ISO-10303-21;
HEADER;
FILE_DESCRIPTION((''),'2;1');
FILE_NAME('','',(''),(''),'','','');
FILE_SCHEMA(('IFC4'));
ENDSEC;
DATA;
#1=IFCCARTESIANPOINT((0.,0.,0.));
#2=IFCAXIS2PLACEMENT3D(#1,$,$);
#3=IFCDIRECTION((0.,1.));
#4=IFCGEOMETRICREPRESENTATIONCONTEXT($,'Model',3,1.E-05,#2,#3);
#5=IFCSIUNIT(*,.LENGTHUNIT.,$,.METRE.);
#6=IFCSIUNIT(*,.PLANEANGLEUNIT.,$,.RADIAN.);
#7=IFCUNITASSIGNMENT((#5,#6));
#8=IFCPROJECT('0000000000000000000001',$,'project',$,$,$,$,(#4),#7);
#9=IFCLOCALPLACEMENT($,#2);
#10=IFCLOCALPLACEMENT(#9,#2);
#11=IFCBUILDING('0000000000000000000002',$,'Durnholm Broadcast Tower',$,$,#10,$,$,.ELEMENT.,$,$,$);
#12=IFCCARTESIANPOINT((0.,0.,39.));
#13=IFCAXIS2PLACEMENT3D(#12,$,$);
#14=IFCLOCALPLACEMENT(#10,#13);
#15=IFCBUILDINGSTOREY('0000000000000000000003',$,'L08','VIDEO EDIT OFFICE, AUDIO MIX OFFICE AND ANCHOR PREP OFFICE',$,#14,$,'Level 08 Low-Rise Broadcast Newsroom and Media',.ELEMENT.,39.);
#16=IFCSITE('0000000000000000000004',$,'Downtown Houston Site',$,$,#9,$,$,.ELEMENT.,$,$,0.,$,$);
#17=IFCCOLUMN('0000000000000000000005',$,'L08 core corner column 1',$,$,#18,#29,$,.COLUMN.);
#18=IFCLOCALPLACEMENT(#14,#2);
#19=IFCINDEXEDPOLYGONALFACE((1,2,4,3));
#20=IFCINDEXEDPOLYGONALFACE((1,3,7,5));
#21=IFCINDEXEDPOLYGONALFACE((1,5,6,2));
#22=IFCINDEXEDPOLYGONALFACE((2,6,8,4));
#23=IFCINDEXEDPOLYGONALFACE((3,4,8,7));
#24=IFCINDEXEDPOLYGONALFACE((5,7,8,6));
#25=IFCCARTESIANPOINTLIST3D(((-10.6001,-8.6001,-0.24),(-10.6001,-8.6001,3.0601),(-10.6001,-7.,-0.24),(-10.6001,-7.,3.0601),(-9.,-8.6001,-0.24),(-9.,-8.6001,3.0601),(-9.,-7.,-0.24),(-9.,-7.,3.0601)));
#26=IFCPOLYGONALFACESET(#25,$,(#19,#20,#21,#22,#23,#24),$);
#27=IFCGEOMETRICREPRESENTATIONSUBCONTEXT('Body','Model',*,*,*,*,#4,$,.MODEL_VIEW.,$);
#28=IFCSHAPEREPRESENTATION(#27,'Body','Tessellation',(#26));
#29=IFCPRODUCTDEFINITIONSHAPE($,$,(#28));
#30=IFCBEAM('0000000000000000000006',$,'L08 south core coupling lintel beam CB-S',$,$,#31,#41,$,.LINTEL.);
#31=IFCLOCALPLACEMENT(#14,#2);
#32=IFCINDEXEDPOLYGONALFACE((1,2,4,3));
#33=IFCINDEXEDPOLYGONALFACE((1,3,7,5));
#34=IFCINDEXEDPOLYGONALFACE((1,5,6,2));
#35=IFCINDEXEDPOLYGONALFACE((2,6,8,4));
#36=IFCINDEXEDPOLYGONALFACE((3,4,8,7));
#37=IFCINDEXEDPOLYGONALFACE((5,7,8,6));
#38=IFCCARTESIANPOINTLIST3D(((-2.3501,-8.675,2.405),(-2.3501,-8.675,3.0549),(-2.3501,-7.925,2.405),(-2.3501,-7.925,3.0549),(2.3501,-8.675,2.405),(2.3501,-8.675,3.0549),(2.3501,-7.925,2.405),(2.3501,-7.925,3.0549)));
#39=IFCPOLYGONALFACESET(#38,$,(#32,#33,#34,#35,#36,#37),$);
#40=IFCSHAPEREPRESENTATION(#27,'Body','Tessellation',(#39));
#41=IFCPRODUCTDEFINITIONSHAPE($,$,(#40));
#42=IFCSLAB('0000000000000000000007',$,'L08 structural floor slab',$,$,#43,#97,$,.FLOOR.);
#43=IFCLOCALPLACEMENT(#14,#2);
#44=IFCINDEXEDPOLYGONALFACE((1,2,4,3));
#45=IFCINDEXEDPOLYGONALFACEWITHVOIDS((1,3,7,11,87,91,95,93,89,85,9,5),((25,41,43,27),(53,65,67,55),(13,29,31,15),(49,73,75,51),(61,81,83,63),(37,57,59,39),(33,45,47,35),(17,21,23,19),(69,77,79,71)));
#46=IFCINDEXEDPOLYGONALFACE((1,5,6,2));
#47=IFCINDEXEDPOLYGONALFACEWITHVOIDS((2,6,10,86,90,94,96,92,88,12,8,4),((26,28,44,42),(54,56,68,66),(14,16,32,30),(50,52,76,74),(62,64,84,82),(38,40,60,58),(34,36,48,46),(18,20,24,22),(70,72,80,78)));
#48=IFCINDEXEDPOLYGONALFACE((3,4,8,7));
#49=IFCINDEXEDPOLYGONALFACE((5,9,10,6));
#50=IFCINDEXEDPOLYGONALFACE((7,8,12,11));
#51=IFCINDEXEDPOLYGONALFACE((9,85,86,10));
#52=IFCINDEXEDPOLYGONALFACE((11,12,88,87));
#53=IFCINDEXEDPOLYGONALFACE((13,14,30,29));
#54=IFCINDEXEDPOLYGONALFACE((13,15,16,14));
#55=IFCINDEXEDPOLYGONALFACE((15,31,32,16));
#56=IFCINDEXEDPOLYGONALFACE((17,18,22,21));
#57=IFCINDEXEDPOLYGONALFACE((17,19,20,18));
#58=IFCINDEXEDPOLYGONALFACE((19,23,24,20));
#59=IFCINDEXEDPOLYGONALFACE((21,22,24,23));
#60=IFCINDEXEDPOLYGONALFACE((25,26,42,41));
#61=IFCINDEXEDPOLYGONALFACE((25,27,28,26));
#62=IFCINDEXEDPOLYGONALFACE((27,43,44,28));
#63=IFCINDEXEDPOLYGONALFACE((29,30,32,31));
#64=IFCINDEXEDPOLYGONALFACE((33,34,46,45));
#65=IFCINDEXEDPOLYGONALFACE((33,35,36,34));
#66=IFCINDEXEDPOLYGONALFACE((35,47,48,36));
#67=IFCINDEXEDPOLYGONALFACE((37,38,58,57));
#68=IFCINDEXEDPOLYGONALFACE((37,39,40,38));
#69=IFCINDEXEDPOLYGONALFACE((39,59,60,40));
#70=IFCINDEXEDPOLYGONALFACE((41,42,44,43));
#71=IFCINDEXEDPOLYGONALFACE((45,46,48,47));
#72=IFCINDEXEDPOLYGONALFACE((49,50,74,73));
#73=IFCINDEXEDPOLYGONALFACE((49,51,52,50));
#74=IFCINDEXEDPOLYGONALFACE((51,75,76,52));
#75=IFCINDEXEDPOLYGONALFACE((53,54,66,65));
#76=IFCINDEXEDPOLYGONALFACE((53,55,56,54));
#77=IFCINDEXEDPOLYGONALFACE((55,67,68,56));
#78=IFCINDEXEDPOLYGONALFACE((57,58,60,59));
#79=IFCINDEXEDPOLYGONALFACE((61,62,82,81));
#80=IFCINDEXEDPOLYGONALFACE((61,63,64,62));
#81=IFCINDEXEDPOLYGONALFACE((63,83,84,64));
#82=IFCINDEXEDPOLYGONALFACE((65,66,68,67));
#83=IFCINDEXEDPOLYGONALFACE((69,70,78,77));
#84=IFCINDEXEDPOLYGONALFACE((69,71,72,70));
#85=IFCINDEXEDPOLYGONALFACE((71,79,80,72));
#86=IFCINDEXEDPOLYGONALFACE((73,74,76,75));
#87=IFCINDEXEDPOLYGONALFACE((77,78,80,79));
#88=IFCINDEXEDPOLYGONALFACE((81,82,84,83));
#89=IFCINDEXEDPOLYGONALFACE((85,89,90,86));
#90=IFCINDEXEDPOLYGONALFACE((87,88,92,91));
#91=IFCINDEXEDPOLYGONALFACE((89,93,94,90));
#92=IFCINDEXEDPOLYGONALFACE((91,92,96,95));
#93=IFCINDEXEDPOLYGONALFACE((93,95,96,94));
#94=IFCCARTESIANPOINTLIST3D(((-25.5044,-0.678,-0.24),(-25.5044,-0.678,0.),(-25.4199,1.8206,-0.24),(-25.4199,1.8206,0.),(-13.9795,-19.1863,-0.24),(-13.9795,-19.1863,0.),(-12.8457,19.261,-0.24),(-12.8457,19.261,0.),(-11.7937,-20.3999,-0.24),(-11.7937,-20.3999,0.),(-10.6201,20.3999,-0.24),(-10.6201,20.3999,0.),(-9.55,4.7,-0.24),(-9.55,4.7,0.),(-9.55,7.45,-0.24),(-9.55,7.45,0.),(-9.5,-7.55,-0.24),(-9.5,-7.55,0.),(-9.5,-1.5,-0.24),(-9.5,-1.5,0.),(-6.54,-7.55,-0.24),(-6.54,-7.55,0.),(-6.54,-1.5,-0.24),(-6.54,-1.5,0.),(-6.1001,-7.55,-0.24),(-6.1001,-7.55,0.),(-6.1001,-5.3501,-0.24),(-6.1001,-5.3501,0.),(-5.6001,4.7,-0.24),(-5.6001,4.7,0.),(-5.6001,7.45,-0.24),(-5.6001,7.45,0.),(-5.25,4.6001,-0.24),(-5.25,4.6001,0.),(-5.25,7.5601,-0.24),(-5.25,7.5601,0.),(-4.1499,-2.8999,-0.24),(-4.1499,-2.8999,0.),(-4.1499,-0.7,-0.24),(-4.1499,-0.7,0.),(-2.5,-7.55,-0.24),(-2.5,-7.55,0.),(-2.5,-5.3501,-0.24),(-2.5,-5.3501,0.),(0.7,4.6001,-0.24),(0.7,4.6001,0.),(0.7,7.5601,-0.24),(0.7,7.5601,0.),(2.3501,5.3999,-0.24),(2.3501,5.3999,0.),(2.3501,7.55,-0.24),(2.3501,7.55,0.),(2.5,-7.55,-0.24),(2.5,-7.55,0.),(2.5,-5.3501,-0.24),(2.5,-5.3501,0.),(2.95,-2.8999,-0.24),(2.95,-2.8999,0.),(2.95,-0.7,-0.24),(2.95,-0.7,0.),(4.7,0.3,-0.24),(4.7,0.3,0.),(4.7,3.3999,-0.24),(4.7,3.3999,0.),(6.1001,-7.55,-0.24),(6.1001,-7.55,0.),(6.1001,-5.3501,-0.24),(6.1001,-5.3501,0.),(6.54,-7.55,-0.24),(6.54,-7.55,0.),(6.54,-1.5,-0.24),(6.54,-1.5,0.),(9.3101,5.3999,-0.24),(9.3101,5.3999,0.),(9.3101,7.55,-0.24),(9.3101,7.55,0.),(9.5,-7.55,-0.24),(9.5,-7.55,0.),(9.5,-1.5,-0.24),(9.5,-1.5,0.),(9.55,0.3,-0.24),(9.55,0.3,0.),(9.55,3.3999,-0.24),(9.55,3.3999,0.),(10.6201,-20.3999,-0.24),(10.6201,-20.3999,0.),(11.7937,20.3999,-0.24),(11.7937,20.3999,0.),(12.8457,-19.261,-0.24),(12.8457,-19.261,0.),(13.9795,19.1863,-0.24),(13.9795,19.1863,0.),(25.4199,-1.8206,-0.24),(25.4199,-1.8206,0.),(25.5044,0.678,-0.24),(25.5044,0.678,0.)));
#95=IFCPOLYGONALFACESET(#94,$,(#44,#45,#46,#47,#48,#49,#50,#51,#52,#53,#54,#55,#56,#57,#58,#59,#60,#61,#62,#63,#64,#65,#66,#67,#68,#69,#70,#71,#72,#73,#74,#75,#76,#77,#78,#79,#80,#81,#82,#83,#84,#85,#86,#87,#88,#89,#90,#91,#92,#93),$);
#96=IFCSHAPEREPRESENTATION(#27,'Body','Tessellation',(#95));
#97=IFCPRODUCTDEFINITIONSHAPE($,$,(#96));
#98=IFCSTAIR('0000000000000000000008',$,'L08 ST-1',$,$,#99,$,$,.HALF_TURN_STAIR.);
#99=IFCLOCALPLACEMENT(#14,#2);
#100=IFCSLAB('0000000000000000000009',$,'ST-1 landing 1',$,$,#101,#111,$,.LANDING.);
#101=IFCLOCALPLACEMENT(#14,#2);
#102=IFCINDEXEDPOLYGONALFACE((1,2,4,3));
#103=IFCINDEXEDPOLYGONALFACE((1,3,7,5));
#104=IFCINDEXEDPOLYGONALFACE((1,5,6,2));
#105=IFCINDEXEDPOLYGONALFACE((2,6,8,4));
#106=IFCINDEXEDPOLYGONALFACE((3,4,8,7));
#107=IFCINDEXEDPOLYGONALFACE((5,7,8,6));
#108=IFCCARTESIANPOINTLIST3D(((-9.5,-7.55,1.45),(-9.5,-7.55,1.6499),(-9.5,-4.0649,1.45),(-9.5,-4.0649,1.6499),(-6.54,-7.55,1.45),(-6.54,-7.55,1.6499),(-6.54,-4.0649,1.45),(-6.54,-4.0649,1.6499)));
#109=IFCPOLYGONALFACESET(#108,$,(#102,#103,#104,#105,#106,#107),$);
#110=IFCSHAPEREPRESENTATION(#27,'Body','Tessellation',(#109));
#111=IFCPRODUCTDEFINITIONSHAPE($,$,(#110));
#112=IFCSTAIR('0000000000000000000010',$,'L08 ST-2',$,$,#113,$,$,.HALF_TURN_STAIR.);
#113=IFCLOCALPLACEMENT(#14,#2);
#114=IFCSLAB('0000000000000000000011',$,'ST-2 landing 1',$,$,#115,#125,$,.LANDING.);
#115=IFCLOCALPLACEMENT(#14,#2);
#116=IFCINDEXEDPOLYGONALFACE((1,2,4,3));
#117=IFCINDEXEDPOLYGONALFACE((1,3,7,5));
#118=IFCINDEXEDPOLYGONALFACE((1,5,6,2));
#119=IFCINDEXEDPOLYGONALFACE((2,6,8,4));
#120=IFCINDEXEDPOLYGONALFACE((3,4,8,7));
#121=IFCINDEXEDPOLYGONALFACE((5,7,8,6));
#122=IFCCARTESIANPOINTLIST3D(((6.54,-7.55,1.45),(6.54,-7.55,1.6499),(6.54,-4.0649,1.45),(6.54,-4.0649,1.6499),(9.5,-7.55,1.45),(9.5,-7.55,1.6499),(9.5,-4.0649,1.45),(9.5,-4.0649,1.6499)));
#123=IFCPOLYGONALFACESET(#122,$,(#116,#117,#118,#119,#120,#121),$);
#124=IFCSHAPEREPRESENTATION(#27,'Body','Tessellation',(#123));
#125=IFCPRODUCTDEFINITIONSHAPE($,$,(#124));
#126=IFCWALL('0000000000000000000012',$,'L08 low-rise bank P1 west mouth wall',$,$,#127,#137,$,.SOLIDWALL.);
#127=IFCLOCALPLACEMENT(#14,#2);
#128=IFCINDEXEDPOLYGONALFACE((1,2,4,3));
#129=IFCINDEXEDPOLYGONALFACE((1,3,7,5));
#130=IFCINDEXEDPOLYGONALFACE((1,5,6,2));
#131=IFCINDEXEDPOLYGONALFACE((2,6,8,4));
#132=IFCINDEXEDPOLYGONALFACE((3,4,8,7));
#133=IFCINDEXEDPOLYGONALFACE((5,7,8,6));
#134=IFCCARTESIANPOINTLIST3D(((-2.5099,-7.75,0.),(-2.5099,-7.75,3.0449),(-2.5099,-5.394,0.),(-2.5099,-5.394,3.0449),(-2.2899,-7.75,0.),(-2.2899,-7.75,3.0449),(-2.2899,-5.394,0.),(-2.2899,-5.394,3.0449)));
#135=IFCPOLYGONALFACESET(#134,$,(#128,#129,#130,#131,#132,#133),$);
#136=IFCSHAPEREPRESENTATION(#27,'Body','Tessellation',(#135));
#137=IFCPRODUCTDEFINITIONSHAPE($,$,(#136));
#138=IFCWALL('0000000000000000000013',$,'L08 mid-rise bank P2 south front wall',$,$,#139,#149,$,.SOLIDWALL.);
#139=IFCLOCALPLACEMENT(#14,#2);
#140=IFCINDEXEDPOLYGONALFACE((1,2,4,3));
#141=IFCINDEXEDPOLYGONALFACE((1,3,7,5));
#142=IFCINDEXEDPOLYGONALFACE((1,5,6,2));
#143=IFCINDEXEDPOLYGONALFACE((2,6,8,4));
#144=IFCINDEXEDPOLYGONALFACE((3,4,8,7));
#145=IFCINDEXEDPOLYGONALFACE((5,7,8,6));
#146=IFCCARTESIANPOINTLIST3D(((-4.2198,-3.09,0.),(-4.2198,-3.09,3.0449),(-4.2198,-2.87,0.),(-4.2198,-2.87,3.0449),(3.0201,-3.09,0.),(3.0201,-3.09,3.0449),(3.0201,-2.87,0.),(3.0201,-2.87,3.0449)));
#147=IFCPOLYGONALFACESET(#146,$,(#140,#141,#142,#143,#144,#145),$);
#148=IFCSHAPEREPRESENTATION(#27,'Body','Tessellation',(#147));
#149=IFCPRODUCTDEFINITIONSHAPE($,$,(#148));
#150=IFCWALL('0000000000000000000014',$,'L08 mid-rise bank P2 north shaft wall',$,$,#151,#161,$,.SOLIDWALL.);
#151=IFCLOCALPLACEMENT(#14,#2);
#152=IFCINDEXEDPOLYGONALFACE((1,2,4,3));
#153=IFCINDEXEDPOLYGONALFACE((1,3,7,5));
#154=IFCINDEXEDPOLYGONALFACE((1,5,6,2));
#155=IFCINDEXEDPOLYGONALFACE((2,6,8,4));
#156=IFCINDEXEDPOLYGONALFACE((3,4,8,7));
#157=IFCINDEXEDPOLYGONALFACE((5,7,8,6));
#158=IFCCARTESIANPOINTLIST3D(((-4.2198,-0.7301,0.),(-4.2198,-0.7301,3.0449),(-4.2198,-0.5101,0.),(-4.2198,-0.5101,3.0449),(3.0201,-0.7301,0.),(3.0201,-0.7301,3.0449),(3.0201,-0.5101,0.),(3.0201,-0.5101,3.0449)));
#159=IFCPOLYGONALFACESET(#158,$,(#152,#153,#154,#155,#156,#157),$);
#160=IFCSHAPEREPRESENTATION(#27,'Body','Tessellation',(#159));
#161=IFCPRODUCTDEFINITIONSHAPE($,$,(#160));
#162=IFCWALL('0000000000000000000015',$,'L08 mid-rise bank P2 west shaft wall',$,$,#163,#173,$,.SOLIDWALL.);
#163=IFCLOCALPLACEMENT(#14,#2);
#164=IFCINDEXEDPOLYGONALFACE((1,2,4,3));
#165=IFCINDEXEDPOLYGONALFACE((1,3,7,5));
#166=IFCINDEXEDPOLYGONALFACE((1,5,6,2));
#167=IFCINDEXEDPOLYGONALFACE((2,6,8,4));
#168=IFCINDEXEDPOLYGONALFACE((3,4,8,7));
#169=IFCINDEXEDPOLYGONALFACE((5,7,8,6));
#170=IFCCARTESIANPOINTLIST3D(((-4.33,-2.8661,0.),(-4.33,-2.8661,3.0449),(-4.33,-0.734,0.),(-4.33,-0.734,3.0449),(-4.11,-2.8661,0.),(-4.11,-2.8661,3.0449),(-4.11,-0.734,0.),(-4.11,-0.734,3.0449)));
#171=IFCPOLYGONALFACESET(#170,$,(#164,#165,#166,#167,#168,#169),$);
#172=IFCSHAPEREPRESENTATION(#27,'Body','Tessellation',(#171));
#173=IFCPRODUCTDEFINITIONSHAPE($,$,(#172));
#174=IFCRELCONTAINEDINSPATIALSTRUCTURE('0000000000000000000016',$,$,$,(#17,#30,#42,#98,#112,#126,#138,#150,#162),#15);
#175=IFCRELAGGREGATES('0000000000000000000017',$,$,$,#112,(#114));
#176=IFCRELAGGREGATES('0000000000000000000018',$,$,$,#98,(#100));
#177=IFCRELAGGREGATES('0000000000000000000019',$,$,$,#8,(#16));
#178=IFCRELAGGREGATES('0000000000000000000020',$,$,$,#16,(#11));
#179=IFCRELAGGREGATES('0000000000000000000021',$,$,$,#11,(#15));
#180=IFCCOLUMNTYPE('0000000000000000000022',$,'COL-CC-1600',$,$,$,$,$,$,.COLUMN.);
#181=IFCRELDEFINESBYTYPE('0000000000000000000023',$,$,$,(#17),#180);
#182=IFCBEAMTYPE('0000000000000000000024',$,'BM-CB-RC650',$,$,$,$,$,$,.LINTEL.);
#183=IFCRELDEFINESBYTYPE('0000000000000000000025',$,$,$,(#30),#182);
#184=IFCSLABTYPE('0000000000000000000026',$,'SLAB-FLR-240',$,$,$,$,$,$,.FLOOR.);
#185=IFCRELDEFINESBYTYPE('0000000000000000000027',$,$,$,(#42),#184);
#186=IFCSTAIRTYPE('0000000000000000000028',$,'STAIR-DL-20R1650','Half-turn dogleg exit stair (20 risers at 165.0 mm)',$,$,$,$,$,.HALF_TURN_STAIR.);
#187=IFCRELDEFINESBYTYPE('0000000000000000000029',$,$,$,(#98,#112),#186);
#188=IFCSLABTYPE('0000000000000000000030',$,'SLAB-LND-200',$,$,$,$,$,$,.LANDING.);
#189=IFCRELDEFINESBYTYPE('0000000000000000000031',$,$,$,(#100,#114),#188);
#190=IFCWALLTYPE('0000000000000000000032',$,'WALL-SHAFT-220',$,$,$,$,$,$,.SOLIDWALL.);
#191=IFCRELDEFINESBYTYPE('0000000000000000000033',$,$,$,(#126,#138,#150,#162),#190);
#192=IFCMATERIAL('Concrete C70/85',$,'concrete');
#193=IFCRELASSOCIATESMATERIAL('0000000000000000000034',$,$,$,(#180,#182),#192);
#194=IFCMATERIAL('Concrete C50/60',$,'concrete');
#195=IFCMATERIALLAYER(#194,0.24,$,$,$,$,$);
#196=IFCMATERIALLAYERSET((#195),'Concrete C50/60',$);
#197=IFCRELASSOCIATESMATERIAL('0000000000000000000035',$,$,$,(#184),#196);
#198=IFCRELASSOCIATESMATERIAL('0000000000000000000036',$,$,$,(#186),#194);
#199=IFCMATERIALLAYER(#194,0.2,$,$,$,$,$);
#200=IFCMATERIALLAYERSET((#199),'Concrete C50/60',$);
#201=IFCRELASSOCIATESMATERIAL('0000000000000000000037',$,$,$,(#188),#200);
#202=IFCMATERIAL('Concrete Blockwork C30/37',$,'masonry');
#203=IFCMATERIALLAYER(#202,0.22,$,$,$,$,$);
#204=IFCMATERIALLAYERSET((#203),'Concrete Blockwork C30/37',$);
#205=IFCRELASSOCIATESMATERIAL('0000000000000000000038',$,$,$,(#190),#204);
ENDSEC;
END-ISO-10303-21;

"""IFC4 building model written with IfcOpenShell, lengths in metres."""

from ifc_helpers import new_model, si_unit, direction, frame, frame_2d, origin, origin_2d, place, context, subcontext, project, spatial, polyline, rectangle, outline, extrude, source, transform, mapped, material, layer, layer_set, material_profile, profile_set, type_object, type_shapes, element, aggregate, save


model = new_model("IFC4")

# Units and contexts
model_context = context("Model", 3, precision=1e-05, world=origin(), true_north=direction((0.0, 1.0)))
body_context = subcontext(model_context, "Body", "Model", "MODEL_VIEW")
ifc_project = project(units=[si_unit("LENGTHUNIT", "METRE"), si_unit("PLANEANGLEUNIT", "RADIAN")], contexts=[model_context])

# Site, building, storey
site_placement = place(None, origin())
site = spatial("IfcSite", under=ifc_project, at=site_placement, Name="Downtown Houston Site", CompositionType="ELEMENT", RefElevation=0.0)
building_placement = place(site_placement, origin())
building = spatial("IfcBuilding", under=site, at=building_placement, Name="Durnholm Broadcast Tower", CompositionType="ELEMENT")
storey_placement = place(building_placement, frame((0.0, 0.0, 39.0)))
storey = spatial("IfcBuildingStorey", under=building, at=storey_placement, Name="L08", Description="VIDEO EDIT OFFICE, AUDIO MIX OFFICE AND ANCHOR PREP OFFICE", LongName="Level 08 Low-Rise Broadcast Newsroom and Media", CompositionType="ELEMENT", Elevation=39.0)

# Column
ifc_material_1 = material(Name="Concrete C70/85", Category="concrete")
ifc_material_profile_1 = material_profile(ifc_material_1, rectangle(XDim=1.6001, YDim=1.6001, at=origin_2d()), Name="RC1600X1600")
ifc_profile_set_1 = profile_set([ifc_material_profile_1], Name="Concrete C70/85")
column_type = type_object("IfcColumnType", Name="COL-CC-1600", PredefinedType="COLUMN", material=ifc_profile_set_1)
shared_shape_1 = source(origin(), body_context, "Body", "SweptSolid", [
    extrude(rectangle(XDim=1.6001, YDim=1.6001, at=origin_2d()), origin(), (0.0, 0.0, 1.0), 3.3),
])
type_shapes(column_type, [shared_shape_1])
column_placement = place(storey_placement, frame((-9.8, -7.8, -0.24), z_axis=(0.0, 0.0, 1.0), x_axis=(1.0, 0.0, 0.0)))
element("IfcColumn", 1, at=column_placement, inside=storey, type_object=column_type, Name="L08 core corner column 1", PredefinedType="COLUMN", context=body_context, shape_type="MappedRepresentation", body=[
    mapped(shared_shape_1, transform((0.0, 0.0, 0.0), x_axis=(1.0, 0.0, 0.0), y_axis=(0.0, 1.0, 0.0), z_axis=(0.0, 0.0, 1.0), scale=1.0)),
])

# Beam
ifc_material_profile_2 = material_profile(ifc_material_1, rectangle(XDim=0.75, YDim=0.6499, at=origin_2d()), Name="RC750X650")
ifc_profile_set_2 = profile_set([ifc_material_profile_2], Name="Concrete C70/85")
beam_type = type_object("IfcBeamType", Name="BM-CB-RC650", PredefinedType="LINTEL", material=ifc_profile_set_2)
shared_shape_2 = source(origin(), body_context, "Body", "SweptSolid", [
    extrude(rectangle(XDim=0.75, YDim=0.6499, at=origin_2d()), origin(), (0.0, 0.0, 1.0), 4.7002),
])
type_shapes(beam_type, [shared_shape_2])
beam_placement = place(storey_placement, frame((-2.3501, -8.3, 2.73), z_axis=(1.0, 0.0, 0.0), x_axis=(0.0, 1.0, 0.0)))
element("IfcBeam", 2, at=beam_placement, inside=storey, type_object=beam_type, Name="L08 south core coupling lintel beam CB-S", PredefinedType="LINTEL", context=body_context, shape_type="MappedRepresentation", body=[
    mapped(shared_shape_2, transform((0.0, 0.0, 0.0), x_axis=(1.0, 0.0, 0.0), y_axis=(0.0, 1.0, 0.0), z_axis=(0.0, 0.0, 1.0), scale=1.0)),
])

# Slab
ifc_material_2 = material(Name="Concrete C50/60", Category="concrete")
ifc_layer_1 = layer(ifc_material_2, 0.24)
ifc_layer_set_1 = layer_set([ifc_layer_1], Name="Concrete C50/60")
slab_type_1 = type_object("IfcSlabType", Name="SLAB-FLR-240", PredefinedType="FLOOR", material=ifc_layer_set_1)
slab_1_placement = place(storey_placement, frame((0.0, 0.0, -0.24)))
element("IfcSlab", 3, at=slab_1_placement, inside=storey, type_object=slab_type_1, Name="L08 structural floor slab", PredefinedType="FLOOR", context=body_context, shape_type="SweptSolid", body=[
    extrude(outline(polyline([(-13.9795, -19.1863), (-11.7937, -20.3999), (10.6201, -20.3999), (12.8457, -19.261), (25.4199, -1.8206), (25.5044, 0.678), (13.9795, 19.1863), (11.7937, 20.3999), (-10.6201, 20.3999), (-12.8457, 19.261), (-25.4199, 1.8206), (-25.5044, -0.678), (-13.9795, -19.1863)]), holes=[polyline([(-2.5, -5.3501), (-6.1001, -5.3501), (-6.1001, -7.55), (-2.5, -7.55), (-2.5, -5.3501)]), polyline([(6.1001, -5.3501), (2.5, -5.3501), (2.5, -7.55), (6.1001, -7.55), (6.1001, -5.3501)]), polyline([(-6.54, -7.55), (-6.54, -1.5), (-9.5, -1.5), (-9.5, -7.55), (-6.54, -7.55)]), polyline([(9.5, -7.55), (9.5, -1.5), (6.54, -1.5), (6.54, -7.55), (9.5, -7.55)]), polyline([(2.95, -0.7), (-4.1499, -0.7), (-4.1499, -2.8999), (2.95, -2.8999), (2.95, -0.7)]), polyline([(9.55, 3.3999), (4.7, 3.3999), (4.7, 0.3), (9.55, 0.3), (9.55, 3.3999)]), polyline([(-5.6001, 7.45), (-9.55, 7.45), (-9.55, 4.7), (-5.6001, 4.7), (-5.6001, 7.45)]), polyline([(-5.25, 7.5601), (-5.25, 4.6001), (0.7, 4.6001), (0.7, 7.5601), (-5.25, 7.5601)]), polyline([(9.3101, 5.3999), (9.3101, 7.55), (2.3501, 7.55), (2.3501, 5.3999), (9.3101, 5.3999)])]), origin(), (0.0, 0.0, 1.0), 0.24),
])

# Stairs, slabs
stair_type = type_object("IfcStairType", Name="STAIR-DL-20R1650", Description="Half-turn dogleg exit stair (20 risers at 165.0 mm)", PredefinedType="HALF_TURN_STAIR", material=ifc_material_2)
stair_1_placement = place(storey_placement, origin())
stair_1 = element("IfcStair", 4, at=stair_1_placement, inside=storey, type_object=stair_type, Name="L08 ST-1", PredefinedType="HALF_TURN_STAIR")
ifc_layer_2 = layer(ifc_material_2, 0.2)
ifc_layer_set_2 = layer_set([ifc_layer_2], Name="Concrete C50/60")
slab_type_2 = type_object("IfcSlabType", Name="SLAB-LND-200", PredefinedType="LANDING", material=ifc_layer_set_2)
slab_2_placement = place(storey_placement, frame((0.0, 0.0, 1.45)))
slab_2 = element("IfcSlab", 5, at=slab_2_placement, type_object=slab_type_2, Name="ST-1 landing 1", PredefinedType="LANDING", context=body_context, shape_type="SweptSolid", body=[
    extrude(outline(polyline([(-9.5, -4.0649), (-9.5, -7.55), (-6.54, -7.55), (-6.54, -4.0649), (-9.5, -4.0649)])), origin(), (0.0, 0.0, 1.0), 0.2),
])
stair_2_placement = place(storey_placement, origin())
stair_2 = element("IfcStair", 6, at=stair_2_placement, inside=storey, type_object=stair_type, Name="L08 ST-2", PredefinedType="HALF_TURN_STAIR")
slab_3_placement = place(storey_placement, frame((0.0, 0.0, 1.45)))
slab_3 = element("IfcSlab", 7, at=slab_3_placement, type_object=slab_type_2, Name="ST-2 landing 1", PredefinedType="LANDING", context=body_context, shape_type="SweptSolid", body=[
    extrude(outline(polyline([(6.54, -4.0649), (6.54, -7.55), (9.5, -7.55), (9.5, -4.0649), (6.54, -4.0649)])), origin(), (0.0, 0.0, 1.0), 0.2),
])
aggregate(stair_2, [slab_3])

# Shared definitions
ifc_material_3 = material(Name="Concrete Blockwork C30/37", Category="masonry")
ifc_layer_3 = layer(ifc_material_3, 0.22)
ifc_layer_set_3 = layer_set([ifc_layer_3], Name="Concrete Blockwork C30/37")
wall_type_1 = type_object("IfcWallType", Name="WALL-SHAFT-220", PredefinedType="SOLIDWALL", material=ifc_layer_set_3)

# Walls
wall_1_placement = place(storey_placement, frame((-2.3999, -7.75, 0.0), z_axis=(0.0, 0.0, 1.0), x_axis=(0.0, 1.0, 0.0)))
element("IfcWall", 8, at=wall_1_placement, inside=storey, type_object=wall_type_1, Name="L08 low-rise bank P1 west mouth wall", PredefinedType="SOLIDWALL", context=body_context, shape_type="SweptSolid", body=[
    extrude(rectangle(XDim=2.356, YDim=0.22, at=frame_2d((1.178, 0.0))), origin(), (0.0, 0.0, 1.0), 3.0449),
])
for number, where, z_axis, x_axis, name in (
    (9, (-4.22, -2.98, 0.0), (0.0, 0.0, 1.0), (1.0, 0.0, 0.0), "L08 mid-rise bank P2 south front wall"),
    (10, (-4.22, -0.6201, 0.0), (0.0, 0.0, 1.0), (1.0, 0.0, 0.0), "L08 mid-rise bank P2 north shaft wall"),
):
    element("IfcWall", number, at=place(storey_placement, frame(where, z_axis=z_axis, x_axis=x_axis)), inside=storey, type_object=wall_type_1, Name=name, PredefinedType="SOLIDWALL", context=body_context, shape_type="SweptSolid", body=[
        extrude(rectangle(XDim=7.24, YDim=0.22, at=frame_2d((3.6201, 0.0))), origin(), (0.0, 0.0, 1.0), 3.0449),
    ])
wall_2_placement = place(storey_placement, frame((-4.22, -2.866, 0.0), z_axis=(0.0, 0.0, 1.0), x_axis=(0.0, 1.0, 0.0)))
element("IfcWall", 11, at=wall_2_placement, inside=storey, type_object=wall_type_1, Name="L08 mid-rise bank P2 west shaft wall", PredefinedType="SOLIDWALL", context=body_context, shape_type="SweptSolid", body=[
    extrude(rectangle(XDim=2.1321, YDim=0.22, at=frame_2d((1.0659, 0.0))), origin(), (0.0, 0.0, 1.0), 3.0449),
])

aggregate(stair_1, [slab_2])

save(model, "model.ifc")
